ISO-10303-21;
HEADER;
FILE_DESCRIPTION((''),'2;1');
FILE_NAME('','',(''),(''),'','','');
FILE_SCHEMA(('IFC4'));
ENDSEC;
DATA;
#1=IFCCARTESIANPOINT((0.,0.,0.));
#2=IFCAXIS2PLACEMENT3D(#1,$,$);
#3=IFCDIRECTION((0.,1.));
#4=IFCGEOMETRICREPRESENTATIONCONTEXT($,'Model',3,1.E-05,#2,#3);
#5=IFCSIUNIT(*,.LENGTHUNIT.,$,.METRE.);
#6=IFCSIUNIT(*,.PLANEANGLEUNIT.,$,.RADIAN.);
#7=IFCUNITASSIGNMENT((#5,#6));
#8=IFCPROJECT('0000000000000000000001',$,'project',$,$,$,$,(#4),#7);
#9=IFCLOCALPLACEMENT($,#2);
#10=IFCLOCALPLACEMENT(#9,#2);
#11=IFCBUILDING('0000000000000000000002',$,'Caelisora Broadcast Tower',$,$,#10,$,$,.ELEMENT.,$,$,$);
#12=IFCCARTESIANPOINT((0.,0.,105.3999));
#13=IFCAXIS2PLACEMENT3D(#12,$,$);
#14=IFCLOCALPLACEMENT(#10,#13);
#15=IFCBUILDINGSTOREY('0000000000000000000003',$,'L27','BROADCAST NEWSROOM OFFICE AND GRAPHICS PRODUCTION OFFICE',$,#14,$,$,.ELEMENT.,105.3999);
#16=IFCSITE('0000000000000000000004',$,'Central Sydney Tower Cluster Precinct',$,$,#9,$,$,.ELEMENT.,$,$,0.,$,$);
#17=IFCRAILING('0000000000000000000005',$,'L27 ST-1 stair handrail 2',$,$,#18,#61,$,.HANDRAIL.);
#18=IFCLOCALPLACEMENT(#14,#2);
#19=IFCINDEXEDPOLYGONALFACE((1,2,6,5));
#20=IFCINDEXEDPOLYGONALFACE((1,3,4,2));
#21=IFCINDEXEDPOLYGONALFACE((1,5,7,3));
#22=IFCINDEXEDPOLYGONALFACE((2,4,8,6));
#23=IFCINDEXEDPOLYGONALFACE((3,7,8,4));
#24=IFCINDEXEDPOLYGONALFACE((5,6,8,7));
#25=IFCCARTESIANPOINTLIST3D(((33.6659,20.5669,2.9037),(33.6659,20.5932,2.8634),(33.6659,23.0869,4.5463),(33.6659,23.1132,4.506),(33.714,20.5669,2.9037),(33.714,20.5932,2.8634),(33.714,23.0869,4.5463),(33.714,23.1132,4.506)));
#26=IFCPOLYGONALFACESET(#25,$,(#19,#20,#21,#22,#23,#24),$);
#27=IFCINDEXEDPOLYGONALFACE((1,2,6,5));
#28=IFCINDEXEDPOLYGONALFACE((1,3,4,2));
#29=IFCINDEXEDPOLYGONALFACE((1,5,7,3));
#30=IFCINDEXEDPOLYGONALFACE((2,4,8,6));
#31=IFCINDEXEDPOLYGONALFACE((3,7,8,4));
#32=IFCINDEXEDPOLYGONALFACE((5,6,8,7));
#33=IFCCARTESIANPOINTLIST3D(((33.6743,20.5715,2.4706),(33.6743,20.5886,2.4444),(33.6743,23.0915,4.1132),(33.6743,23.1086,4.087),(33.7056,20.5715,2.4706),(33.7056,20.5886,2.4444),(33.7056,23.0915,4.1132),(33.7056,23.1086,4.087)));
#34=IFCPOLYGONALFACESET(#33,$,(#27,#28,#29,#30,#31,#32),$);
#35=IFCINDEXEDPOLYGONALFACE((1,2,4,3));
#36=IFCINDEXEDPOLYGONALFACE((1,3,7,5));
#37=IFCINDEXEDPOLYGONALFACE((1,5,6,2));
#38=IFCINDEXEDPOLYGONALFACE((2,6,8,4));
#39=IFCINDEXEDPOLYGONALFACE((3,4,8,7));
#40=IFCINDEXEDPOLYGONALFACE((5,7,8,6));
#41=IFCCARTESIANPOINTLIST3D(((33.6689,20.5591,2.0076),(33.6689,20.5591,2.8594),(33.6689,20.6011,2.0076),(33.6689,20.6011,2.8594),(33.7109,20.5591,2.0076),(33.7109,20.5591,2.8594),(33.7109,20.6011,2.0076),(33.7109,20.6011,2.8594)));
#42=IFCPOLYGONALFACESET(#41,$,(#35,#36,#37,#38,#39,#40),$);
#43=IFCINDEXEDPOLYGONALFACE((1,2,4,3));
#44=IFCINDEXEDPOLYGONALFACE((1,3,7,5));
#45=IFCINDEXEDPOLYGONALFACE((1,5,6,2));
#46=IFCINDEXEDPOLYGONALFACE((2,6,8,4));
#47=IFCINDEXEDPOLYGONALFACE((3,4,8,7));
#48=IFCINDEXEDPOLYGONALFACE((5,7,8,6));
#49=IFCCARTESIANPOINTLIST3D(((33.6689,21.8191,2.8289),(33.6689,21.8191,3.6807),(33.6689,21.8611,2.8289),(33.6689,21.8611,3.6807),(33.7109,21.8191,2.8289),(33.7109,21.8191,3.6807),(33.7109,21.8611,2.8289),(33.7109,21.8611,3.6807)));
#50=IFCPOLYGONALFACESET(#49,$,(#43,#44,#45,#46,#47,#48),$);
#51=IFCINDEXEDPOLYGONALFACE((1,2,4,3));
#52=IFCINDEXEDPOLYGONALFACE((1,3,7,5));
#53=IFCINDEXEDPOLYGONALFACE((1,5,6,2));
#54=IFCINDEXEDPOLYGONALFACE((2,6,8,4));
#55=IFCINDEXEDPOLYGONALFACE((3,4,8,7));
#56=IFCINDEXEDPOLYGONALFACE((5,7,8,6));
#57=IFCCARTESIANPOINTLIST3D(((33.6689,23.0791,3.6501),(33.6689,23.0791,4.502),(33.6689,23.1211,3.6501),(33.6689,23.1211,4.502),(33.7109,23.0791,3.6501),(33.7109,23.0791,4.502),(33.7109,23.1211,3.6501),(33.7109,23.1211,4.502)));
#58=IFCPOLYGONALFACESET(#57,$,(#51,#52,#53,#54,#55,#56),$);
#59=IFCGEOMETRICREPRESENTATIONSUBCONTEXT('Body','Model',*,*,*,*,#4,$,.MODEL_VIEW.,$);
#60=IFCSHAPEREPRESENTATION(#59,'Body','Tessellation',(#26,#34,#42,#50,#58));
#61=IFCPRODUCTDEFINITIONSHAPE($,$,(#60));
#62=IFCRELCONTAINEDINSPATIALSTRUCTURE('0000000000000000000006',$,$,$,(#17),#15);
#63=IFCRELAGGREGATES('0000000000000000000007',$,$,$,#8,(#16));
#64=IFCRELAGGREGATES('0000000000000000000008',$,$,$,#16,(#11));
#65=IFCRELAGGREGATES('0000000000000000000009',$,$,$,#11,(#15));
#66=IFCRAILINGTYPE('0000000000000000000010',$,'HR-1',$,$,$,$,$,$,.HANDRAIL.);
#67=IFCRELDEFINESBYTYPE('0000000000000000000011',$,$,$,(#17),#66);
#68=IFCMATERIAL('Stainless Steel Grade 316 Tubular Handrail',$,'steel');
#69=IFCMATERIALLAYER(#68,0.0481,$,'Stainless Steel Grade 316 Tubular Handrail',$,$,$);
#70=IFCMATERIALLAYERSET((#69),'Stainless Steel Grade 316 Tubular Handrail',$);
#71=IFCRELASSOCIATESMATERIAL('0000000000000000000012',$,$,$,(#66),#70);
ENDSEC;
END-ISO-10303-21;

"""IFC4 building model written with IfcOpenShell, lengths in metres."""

from ifc_helpers import new_model, si_unit, direction, frame, origin, origin_2d, place, context, subcontext, project, spatial, rectangle, extrude, material, layer, layer_set, type_object, element, save


model = new_model("IFC4")

# Units and contexts
model_context = context("Model", 3, precision=1e-05, world=origin(), true_north=direction((0.0, 1.0)))
body_context = subcontext(model_context, "Body", "Model", "MODEL_VIEW")
ifc_project = project(units=[si_unit("LENGTHUNIT", "METRE"), si_unit("PLANEANGLEUNIT", "RADIAN")], contexts=[model_context])

# Site, building, storey
site_placement = place(None, origin())
site = spatial("IfcSite", under=ifc_project, at=site_placement, Name="Central Sydney Tower Cluster Precinct", CompositionType="ELEMENT", RefElevation=0.0)
building_placement = place(site_placement, origin())
building = spatial("IfcBuilding", under=site, at=building_placement, Name="Caelisora Broadcast Tower", CompositionType="ELEMENT")
storey_placement = place(building_placement, frame((0.0, 0.0, 105.3999)))
storey = spatial("IfcBuildingStorey", under=building, at=storey_placement, Name="L27", Description="BROADCAST NEWSROOM OFFICE AND GRAPHICS PRODUCTION OFFICE", CompositionType="ELEMENT", Elevation=105.3999)

# Railing
ifc_material_1 = material(Name="Stainless Steel Grade 316 Tubular Handrail", Category="steel")
ifc_layer_1 = layer(ifc_material_1, 0.0481, Name="Stainless Steel Grade 316 Tubular Handrail")
ifc_layer_set_1 = layer_set([ifc_layer_1], Name="Stainless Steel Grade 316 Tubular Handrail")
railing_type_1 = type_object("IfcRailingType", Name="HR-1", PredefinedType="HANDRAIL", material=ifc_layer_set_1)
railing_1_placement = place(storey_placement, frame((33.6899, 20.5801, 2.0076)))
element("IfcRailing", 1, at=railing_1_placement, inside=storey, type_object=railing_type_1, Name="L27 ST-1 stair handrail 2", PredefinedType="HANDRAIL", context=body_context, shape_type="SweptSolid", body=[
    extrude(rectangle(XDim=0.0481, YDim=0.0481, at=origin_2d()), frame((0.0, 0.0, 0.876), z_axis=(0.0, 0.837749, 0.546055), x_axis=(-1.0, 0.0, 0.0)), (0.0, 0.0, 1.0), 3.0081),
    extrude(rectangle(XDim=0.0312, YDim=0.0312, at=origin_2d()), frame((0.0, 0.0, 0.45), z_axis=(0.0, 0.837749, 0.546055), x_axis=(-1.0, 0.0, 0.0)), (0.0, 0.0, 1.0), 3.0081),
    extrude(rectangle(XDim=0.042, YDim=0.042, at=origin_2d()), origin(), (0.0, 0.0, 1.0), 0.8518),
    extrude(rectangle(XDim=0.042, YDim=0.042, at=origin_2d()), frame((0.0, 1.26, 0.8213)), (0.0, 0.0, 1.0), 0.8518),
    extrude(rectangle(XDim=0.042, YDim=0.042, at=origin_2d()), frame((0.0, 2.52, 1.6426)), (0.0, 0.0, 1.0), 0.8518),
])

save(model, "model.ifc")
